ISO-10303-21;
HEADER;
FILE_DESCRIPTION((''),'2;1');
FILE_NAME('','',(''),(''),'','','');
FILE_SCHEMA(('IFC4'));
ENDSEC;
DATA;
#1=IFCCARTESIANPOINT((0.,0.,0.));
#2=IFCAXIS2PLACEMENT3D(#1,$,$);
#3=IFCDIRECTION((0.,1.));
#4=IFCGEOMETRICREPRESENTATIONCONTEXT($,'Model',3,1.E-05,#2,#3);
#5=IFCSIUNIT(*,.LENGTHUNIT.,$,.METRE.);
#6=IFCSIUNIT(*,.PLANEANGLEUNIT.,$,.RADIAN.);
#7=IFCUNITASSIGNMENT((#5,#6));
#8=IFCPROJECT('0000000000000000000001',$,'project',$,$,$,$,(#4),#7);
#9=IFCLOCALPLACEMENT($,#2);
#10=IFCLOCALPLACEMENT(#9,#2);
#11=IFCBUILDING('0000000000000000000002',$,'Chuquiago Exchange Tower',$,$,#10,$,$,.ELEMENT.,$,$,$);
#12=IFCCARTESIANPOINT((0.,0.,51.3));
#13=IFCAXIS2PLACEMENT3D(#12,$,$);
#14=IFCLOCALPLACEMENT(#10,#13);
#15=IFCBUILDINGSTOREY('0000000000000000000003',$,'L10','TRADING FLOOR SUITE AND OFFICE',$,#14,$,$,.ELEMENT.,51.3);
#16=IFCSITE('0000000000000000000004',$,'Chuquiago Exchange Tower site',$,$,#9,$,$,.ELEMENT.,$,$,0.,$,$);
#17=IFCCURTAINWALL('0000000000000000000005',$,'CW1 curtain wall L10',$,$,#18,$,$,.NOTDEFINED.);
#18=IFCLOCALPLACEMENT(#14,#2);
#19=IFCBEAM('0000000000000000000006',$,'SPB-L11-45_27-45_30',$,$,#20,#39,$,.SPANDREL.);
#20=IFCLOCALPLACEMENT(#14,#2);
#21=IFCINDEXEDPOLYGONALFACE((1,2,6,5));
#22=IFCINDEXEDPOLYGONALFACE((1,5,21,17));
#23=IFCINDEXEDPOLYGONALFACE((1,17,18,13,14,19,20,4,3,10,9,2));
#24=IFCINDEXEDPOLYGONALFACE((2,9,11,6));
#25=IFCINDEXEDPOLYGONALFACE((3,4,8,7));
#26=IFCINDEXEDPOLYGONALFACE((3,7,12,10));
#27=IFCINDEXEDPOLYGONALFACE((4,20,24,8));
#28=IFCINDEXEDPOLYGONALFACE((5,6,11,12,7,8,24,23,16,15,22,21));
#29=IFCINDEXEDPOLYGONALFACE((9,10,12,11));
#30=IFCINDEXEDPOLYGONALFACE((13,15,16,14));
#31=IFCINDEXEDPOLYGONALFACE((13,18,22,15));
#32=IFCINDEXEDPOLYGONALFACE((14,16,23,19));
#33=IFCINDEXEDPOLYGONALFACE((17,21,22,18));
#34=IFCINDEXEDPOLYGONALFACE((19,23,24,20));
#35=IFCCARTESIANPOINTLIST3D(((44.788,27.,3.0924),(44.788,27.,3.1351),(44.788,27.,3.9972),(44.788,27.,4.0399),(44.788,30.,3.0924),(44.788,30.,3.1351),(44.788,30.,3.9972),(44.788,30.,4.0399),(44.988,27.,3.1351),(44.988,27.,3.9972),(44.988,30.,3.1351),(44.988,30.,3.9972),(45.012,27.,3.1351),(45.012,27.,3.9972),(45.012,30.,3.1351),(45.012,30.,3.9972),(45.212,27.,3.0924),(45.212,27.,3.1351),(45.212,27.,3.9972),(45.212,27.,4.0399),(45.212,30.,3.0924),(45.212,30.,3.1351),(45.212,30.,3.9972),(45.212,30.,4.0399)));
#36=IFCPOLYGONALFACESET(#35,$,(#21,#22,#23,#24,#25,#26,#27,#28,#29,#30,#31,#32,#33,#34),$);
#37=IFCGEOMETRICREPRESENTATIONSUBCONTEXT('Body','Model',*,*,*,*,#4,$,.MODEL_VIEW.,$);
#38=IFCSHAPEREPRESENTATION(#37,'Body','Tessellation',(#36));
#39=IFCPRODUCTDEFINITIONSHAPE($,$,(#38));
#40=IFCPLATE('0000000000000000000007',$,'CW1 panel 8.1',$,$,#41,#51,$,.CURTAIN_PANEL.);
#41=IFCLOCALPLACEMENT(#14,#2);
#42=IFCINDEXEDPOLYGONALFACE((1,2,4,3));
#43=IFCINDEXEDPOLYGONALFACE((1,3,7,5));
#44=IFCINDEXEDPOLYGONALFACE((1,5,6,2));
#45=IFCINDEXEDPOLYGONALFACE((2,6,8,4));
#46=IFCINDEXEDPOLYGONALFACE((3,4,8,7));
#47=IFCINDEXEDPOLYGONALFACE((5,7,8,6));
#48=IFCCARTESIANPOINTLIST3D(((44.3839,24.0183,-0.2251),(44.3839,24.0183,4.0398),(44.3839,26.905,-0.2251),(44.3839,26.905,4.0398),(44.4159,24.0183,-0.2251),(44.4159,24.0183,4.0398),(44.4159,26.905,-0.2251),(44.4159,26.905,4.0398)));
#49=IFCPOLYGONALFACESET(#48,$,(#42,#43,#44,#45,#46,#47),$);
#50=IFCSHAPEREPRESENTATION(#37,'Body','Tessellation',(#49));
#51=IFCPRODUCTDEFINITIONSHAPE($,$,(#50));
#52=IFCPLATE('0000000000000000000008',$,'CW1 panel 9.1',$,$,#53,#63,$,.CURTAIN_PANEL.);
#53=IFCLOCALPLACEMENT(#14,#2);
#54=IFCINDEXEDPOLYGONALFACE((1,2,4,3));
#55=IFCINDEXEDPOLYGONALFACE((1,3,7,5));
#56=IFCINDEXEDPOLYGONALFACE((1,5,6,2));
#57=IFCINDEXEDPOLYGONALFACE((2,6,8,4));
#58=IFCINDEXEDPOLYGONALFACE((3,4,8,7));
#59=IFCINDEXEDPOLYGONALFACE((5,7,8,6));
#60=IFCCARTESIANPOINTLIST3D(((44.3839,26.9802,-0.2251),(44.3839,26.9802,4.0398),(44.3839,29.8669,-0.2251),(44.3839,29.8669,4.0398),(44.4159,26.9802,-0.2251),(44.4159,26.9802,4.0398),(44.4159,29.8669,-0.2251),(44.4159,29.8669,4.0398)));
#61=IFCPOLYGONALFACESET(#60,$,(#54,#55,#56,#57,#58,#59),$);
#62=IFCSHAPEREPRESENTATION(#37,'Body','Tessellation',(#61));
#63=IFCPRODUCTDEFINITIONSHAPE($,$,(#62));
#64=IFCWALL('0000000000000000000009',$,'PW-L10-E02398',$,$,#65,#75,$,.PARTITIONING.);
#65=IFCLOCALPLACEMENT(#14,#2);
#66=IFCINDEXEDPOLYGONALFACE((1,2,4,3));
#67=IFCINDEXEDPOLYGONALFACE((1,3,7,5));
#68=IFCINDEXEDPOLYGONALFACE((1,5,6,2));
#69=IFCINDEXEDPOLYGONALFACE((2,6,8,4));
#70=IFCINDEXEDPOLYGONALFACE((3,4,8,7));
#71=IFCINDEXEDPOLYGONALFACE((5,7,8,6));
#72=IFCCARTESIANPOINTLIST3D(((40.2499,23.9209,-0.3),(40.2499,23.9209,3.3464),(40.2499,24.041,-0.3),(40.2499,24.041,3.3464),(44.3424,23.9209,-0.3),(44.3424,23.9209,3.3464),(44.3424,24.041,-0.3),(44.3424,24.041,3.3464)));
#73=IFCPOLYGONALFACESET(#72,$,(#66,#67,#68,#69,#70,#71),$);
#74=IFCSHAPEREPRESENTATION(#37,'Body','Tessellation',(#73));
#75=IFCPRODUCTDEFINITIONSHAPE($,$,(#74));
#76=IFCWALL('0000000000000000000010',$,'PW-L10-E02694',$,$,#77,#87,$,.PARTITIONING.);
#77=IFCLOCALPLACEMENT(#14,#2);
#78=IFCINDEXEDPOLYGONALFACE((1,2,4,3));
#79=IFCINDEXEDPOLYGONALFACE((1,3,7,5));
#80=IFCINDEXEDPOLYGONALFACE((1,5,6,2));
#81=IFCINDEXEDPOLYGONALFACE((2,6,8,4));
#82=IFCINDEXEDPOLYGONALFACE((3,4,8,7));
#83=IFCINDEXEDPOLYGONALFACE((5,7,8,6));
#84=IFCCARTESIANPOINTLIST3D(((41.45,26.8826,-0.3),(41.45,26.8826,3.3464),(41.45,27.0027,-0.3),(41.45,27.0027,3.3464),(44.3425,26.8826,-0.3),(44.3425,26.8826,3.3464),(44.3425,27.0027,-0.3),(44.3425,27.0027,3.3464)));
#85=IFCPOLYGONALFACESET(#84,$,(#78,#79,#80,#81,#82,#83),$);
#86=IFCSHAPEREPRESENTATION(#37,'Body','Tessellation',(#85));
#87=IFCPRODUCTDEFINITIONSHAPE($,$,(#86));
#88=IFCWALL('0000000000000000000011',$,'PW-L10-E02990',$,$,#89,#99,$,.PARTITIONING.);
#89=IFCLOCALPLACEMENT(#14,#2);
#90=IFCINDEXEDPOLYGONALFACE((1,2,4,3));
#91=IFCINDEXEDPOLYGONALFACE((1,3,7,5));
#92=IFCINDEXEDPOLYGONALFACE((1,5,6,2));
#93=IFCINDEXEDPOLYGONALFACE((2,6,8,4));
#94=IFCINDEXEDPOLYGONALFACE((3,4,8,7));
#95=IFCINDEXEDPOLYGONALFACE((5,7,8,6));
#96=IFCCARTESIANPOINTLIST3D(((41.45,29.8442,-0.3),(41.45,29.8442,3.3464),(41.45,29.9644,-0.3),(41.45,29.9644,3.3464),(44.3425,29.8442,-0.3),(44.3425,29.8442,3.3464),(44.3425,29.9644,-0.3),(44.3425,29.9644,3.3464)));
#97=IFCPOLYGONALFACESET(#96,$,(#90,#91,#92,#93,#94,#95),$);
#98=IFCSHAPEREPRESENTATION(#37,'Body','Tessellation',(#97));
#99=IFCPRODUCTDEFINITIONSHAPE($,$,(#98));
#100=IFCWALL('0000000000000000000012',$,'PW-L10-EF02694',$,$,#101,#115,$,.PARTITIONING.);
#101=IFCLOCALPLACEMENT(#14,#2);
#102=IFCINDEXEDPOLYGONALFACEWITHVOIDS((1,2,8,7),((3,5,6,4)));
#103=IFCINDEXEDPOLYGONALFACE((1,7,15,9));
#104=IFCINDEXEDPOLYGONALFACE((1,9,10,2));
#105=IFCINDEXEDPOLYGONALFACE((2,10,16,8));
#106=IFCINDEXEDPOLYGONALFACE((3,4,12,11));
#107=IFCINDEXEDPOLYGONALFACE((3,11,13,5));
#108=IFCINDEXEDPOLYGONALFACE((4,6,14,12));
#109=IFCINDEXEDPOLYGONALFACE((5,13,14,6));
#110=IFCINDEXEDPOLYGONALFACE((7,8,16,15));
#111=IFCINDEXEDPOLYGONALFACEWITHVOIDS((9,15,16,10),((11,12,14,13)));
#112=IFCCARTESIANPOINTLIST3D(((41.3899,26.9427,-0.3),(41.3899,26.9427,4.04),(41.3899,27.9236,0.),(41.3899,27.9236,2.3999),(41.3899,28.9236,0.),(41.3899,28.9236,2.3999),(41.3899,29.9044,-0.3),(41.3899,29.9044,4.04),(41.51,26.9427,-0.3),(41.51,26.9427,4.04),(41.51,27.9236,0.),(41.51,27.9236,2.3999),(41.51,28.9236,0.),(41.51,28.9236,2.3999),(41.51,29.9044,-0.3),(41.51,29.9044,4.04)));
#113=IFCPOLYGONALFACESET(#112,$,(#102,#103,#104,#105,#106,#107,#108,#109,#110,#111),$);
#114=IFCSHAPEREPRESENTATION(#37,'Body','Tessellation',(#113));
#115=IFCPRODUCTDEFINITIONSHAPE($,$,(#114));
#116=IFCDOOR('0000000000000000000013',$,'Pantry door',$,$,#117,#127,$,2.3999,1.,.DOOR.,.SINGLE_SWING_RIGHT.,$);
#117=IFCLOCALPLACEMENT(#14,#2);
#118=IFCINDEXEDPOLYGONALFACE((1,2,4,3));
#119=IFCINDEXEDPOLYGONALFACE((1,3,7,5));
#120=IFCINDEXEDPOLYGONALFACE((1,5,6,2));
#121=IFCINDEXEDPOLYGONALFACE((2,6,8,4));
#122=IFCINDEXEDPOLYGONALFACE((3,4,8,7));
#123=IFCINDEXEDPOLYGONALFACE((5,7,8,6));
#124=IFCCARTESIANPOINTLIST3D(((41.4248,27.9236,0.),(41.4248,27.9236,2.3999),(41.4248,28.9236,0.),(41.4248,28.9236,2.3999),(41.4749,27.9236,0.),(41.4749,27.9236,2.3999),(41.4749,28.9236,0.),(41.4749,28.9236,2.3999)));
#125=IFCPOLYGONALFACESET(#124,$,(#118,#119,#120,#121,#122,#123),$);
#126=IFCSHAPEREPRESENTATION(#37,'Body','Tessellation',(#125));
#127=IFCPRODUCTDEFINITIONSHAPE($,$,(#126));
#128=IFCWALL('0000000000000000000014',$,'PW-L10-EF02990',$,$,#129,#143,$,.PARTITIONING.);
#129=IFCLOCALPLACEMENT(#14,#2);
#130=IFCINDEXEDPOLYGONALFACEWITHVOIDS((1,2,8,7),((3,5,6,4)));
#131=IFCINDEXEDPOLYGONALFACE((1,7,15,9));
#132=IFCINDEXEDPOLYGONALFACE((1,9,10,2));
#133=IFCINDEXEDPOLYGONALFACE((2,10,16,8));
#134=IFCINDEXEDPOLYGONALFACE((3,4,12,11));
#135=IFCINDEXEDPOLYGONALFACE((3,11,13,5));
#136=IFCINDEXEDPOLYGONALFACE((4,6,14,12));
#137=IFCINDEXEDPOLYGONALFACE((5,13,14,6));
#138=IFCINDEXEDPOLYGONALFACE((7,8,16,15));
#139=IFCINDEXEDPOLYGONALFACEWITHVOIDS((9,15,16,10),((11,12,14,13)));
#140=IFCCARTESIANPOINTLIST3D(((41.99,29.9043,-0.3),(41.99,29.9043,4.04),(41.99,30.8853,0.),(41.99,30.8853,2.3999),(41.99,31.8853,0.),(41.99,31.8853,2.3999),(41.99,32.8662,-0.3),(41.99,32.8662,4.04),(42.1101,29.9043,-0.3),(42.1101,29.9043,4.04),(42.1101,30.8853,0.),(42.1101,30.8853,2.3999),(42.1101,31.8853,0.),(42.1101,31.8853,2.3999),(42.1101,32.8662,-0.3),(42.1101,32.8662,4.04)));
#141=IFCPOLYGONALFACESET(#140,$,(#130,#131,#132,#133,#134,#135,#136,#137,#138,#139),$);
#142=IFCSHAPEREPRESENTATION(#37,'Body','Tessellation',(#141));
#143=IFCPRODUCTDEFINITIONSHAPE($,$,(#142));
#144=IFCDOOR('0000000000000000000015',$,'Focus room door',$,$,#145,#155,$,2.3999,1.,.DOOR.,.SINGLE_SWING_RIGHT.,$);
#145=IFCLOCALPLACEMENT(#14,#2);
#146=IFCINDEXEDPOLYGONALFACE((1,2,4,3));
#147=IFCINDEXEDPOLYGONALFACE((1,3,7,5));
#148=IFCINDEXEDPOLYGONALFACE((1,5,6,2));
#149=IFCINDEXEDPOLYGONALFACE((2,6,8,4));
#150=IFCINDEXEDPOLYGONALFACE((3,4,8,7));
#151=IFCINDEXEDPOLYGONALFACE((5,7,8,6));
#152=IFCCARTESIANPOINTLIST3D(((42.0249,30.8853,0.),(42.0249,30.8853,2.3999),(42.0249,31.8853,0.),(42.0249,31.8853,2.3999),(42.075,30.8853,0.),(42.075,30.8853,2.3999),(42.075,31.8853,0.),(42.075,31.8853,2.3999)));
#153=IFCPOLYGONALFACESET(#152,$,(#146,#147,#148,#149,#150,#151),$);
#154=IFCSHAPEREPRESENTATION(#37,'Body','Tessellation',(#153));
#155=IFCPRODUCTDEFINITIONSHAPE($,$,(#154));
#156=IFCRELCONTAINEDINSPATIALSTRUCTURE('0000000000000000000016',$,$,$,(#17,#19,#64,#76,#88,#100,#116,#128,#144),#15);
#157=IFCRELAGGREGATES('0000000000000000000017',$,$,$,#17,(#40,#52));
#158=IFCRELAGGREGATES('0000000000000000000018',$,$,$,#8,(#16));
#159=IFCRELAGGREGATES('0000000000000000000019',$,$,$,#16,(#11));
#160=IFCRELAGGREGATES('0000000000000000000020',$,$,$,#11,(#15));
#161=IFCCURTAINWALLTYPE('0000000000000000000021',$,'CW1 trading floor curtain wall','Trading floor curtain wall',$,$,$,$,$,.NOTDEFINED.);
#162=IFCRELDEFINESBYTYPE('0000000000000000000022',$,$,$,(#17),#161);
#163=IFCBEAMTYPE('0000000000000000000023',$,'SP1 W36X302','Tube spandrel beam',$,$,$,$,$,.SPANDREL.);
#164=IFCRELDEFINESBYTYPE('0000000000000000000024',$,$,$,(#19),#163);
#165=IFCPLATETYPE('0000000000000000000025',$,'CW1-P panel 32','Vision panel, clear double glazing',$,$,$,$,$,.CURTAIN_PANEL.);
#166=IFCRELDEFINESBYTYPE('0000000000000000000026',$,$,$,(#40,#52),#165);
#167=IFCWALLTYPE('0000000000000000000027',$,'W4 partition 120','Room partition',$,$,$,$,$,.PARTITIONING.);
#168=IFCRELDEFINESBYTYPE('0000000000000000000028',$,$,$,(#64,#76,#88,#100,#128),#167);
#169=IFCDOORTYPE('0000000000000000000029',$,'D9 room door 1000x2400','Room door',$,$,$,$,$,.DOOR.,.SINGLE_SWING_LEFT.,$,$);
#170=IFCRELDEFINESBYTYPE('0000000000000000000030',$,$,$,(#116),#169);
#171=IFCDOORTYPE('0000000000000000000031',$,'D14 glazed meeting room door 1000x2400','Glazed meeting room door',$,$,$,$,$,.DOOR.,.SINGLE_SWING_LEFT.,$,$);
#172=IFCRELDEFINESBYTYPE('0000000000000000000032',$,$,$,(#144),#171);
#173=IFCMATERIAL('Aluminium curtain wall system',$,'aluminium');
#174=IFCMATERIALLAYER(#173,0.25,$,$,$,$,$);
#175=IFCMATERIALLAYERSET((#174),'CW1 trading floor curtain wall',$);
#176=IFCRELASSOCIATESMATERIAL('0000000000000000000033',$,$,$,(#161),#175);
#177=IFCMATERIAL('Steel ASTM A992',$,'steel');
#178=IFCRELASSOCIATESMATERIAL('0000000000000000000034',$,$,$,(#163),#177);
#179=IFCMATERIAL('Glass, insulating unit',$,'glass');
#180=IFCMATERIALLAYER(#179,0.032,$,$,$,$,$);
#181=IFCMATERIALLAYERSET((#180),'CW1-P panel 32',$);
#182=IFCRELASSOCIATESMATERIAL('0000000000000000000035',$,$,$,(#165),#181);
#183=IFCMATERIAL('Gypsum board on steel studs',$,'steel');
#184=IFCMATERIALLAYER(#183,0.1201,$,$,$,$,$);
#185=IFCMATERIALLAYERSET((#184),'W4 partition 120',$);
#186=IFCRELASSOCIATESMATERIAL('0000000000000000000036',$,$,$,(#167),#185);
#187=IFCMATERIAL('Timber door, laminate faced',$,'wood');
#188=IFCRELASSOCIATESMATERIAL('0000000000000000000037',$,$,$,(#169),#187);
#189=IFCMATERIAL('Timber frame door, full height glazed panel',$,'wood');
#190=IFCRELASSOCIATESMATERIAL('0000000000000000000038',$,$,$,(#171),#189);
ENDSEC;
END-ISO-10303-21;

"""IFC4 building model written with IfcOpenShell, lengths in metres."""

from ifc_helpers import new_model, si_unit, direction, frame, frame_2d, origin, origin_2d, place, context, subcontext, project, spatial, rectangle, i_section, extrude, material, layer, layer_set, material_profile, profile_set, type_object, element, fill, aggregate, save


model = new_model("IFC4")

# Units and contexts
model_context = context("Model", 3, precision=1e-05, world=origin(), true_north=direction((0.0, 1.0)))
body_context = subcontext(model_context, "Body", "Model", "MODEL_VIEW")
ifc_project = project(units=[si_unit("LENGTHUNIT", "METRE"), si_unit("PLANEANGLEUNIT", "RADIAN")], contexts=[model_context])

# Site, building, storey
site_placement = place(None, origin())
site = spatial("IfcSite", under=ifc_project, at=site_placement, Name="Chuquiago Exchange Tower site", CompositionType="ELEMENT", RefElevation=0.0)
building_placement = place(site_placement, origin())
building = spatial("IfcBuilding", under=site, at=building_placement, Name="Chuquiago Exchange Tower", CompositionType="ELEMENT")
storey_placement = place(building_placement, frame((0.0, 0.0, 51.3)))
storey = spatial("IfcBuildingStorey", under=building, at=storey_placement, Name="L10", Description="TRADING FLOOR SUITE AND OFFICE", CompositionType="ELEMENT", Elevation=51.3)

# Curtain wall
ifc_material_1 = material(Name="Aluminium curtain wall system", Category="aluminium")
ifc_layer_1 = layer(ifc_material_1, 0.25)
ifc_layer_set_1 = layer_set([ifc_layer_1], Name="CW1 trading floor curtain wall")
curtain_wall_type = type_object("IfcCurtainWallType", Name="CW1 trading floor curtain wall", Description="Trading floor curtain wall", PredefinedType="NOTDEFINED", material=ifc_layer_set_1)
curtain_wall_placement = place(storey_placement, origin())
curtain_wall = element("IfcCurtainWall", 1, at=curtain_wall_placement, inside=storey, type_object=curtain_wall_type, Name="CW1 curtain wall L10", PredefinedType="NOTDEFINED")

# Beam
ifc_material_2 = material(Name="Steel ASTM A992", Category="steel")
ifc_material_profile_1 = material_profile(ifc_material_2, i_section(OverallWidth=0.4241, OverallDepth=0.9475, WebThickness=0.0239, FlangeThickness=0.0427, at=origin_2d()), Name="W36X302")
ifc_profile_set_1 = profile_set([ifc_material_profile_1], Name="Steel ASTM A992")
beam_type = type_object("IfcBeamType", Name="SP1 W36X302", Description="Tube spandrel beam", PredefinedType="SPANDREL", material=ifc_profile_set_1)
for number, where, z_axis, x_axis, name in (
    (2, (45.0, 27.0, 3.5662), (0.0, 1.0, 0.0), (-1.0, 0.0, 0.0), "SPB-L11-45_27-45_30"),
):
    element("IfcBeam", number, at=place(storey_placement, frame(where, z_axis=z_axis, x_axis=x_axis)), inside=storey, type_object=beam_type, Name=name, PredefinedType="SPANDREL", context=body_context, shape_type="SweptSolid", body=[
        extrude(i_section(OverallWidth=0.4241, OverallDepth=0.9475, WebThickness=0.0239, FlangeThickness=0.0427, at=origin_2d()), origin(), (0.0, 0.0, 1.0), 3.0),
    ])

# Plates
ifc_material_3 = material(Name="Glass, insulating unit", Category="glass")
ifc_layer_2 = layer(ifc_material_3, 0.032)
ifc_layer_set_2 = layer_set([ifc_layer_2], Name="CW1-P panel 32")
plate_type = type_object("IfcPlateType", Name="CW1-P panel 32", Description="Vision panel, clear double glazing", PredefinedType="CURTAIN_PANEL", material=ifc_layer_set_2)
plate_1_placement = place(storey_placement, frame((44.3999, 25.4617, -0.2251), z_axis=(0.0, 0.0, 1.0), x_axis=(0.0, 1.0, 0.0)))
plate_1 = element("IfcPlate", 3, at=plate_1_placement, type_object=plate_type, Name="CW1 panel 8.1", PredefinedType="CURTAIN_PANEL", context=body_context, shape_type="SweptSolid", body=[
    extrude(rectangle(XDim=2.8867, YDim=0.032, at=origin_2d()), origin(), (0.0, 0.0, 1.0), 4.2649),
])
plate_2_placement = place(storey_placement, frame((44.3999, 28.4236, -0.2251), z_axis=(0.0, 0.0, 1.0), x_axis=(0.0, 1.0, 0.0)))
plate_2 = element("IfcPlate", 4, at=plate_2_placement, type_object=plate_type, Name="CW1 panel 9.1", PredefinedType="CURTAIN_PANEL", context=body_context, shape_type="SweptSolid", body=[
    extrude(rectangle(XDim=2.8867, YDim=0.032, at=origin_2d()), origin(), (0.0, 0.0, 1.0), 4.2649),
])
aggregate(curtain_wall, [plate_1, plate_2])

# Walls
ifc_material_4 = material(Name="Gypsum board on steel studs", Category="steel")
ifc_layer_3 = layer(ifc_material_4, 0.1201)
ifc_layer_set_3 = layer_set([ifc_layer_3], Name="W4 partition 120")
wall_type = type_object("IfcWallType", Name="W4 partition 120", Description="Room partition", PredefinedType="PARTITIONING", material=ifc_layer_set_3)
wall_1_placement = place(storey_placement, frame((44.3425, 23.981, -0.3), z_axis=(0.0, 0.0, 1.0), x_axis=(-1.0, 0.0, 0.0)))
element("IfcWall", 5, at=wall_1_placement, inside=storey, type_object=wall_type, Name="PW-L10-E02398", PredefinedType="PARTITIONING", context=body_context, shape_type="SweptSolid", body=[
    extrude(rectangle(XDim=4.0925, YDim=0.1201, at=frame_2d((2.0464, 0.0))), origin(), (0.0, 0.0, 1.0), 3.6465),
])
for number, where, z_axis, x_axis, name in (
    (6, (44.3425, 26.9426, -0.3), (0.0, 0.0, 1.0), (-1.0, 0.0, 0.0), "PW-L10-E02694"),
    (7, (44.3425, 29.9043, -0.3), (0.0, 0.0, 1.0), (-1.0, 0.0, 0.0), "PW-L10-E02990"),
):
    element("IfcWall", number, at=place(storey_placement, frame(where, z_axis=z_axis, x_axis=x_axis)), inside=storey, type_object=wall_type, Name=name, PredefinedType="PARTITIONING", context=body_context, shape_type="SweptSolid", body=[
        extrude(rectangle(XDim=2.8926, YDim=0.1201, at=frame_2d((1.4463, 0.0))), origin(), (0.0, 0.0, 1.0), 3.6465),
    ])

# Walls, openings, doors
wall_2_placement = place(storey_placement, frame((41.45, 26.9426, -0.3), z_axis=(0.0, 0.0, 1.0), x_axis=(0.0, 1.0, 0.0)))
wall_2 = element("IfcWall", 8, at=wall_2_placement, inside=storey, type_object=wall_type, Name="PW-L10-EF02694", PredefinedType="PARTITIONING", context=body_context, shape_type="SweptSolid", body=[
    extrude(rectangle(XDim=2.9617, YDim=0.1201, at=frame_2d((1.481, 0.0))), origin(), (0.0, 0.0, 1.0), 4.3401),
])
opening_1_placement = place(wall_2_placement, frame((0.981, 0.0, 0.3)))
opening_1 = element("IfcOpeningElement", 9, at=opening_1_placement, cuts=wall_2, PredefinedType="OPENING", context=body_context, shape_type="SweptSolid", body=[
    extrude(rectangle(XDim=1.0, YDim=2.3999, at=frame_2d((0.5, 1.2))), frame((0.0, 0.0701, 0.0), z_axis=(0.0, -1.0, 0.0), x_axis=(1.0, 0.0, 0.0)), (0.0, 0.0, 1.0), 0.1401),
])
ifc_material_5 = material(Name="Timber door, laminate faced", Category="wood")
door_type_1 = type_object("IfcDoorType", Name="D9 room door 1000x2400", Description="Room door", OperationType="SINGLE_SWING_LEFT", PredefinedType="DOOR", material=ifc_material_5)
door_1_placement = place(opening_1_placement, frame((1.0, 0.0, 0.0), z_axis=(0.0, 0.0, 1.0), x_axis=(-1.0, 0.0, 0.0)))
door_1 = element("IfcDoor", 10, at=door_1_placement, inside=storey, type_object=door_type_1, Name="Pantry door", OperationType="SINGLE_SWING_RIGHT", OverallHeight=2.3999, OverallWidth=1.0, PredefinedType="DOOR", context=body_context, shape_type="SweptSolid", body=[
    extrude(rectangle(XDim=1.0, YDim=2.3999, at=frame_2d((0.5, 1.2))), frame((0.0, 0.0249, 0.0), z_axis=(0.0, -1.0, 0.0), x_axis=(1.0, 0.0, 0.0)), (0.0, 0.0, 1.0), 0.05),
])
fill(opening_1, door_1)
wall_3_placement = place(storey_placement, frame((42.05, 29.9043, -0.3), z_axis=(0.0, 0.0, 1.0), x_axis=(0.0, 1.0, 0.0)))
wall_3 = element("IfcWall", 11, at=wall_3_placement, inside=storey, type_object=wall_type, Name="PW-L10-EF02990", PredefinedType="PARTITIONING", context=body_context, shape_type="SweptSolid", body=[
    extrude(rectangle(XDim=2.9619, YDim=0.1201, at=frame_2d((1.481, 0.0))), origin(), (0.0, 0.0, 1.0), 4.3401),
])
opening_2_placement = place(wall_3_placement, frame((0.981, 0.0, 0.3)))
opening_2 = element("IfcOpeningElement", 12, at=opening_2_placement, cuts=wall_3, PredefinedType="OPENING", context=body_context, shape_type="SweptSolid", body=[
    extrude(rectangle(XDim=1.0, YDim=2.3999, at=frame_2d((0.5, 1.2))), frame((0.0, 0.0701, 0.0), z_axis=(0.0, -1.0, 0.0), x_axis=(1.0, 0.0, 0.0)), (0.0, 0.0, 1.0), 0.1401),
])
ifc_material_6 = material(Name="Timber frame door, full height glazed panel", Category="wood")
door_type_2 = type_object("IfcDoorType", Name="D14 glazed meeting room door 1000x2400", Description="Glazed meeting room door", OperationType="SINGLE_SWING_LEFT", PredefinedType="DOOR", material=ifc_material_6)
door_2_placement = place(opening_2_placement, frame((1.0, 0.0, 0.0), z_axis=(0.0, 0.0, 1.0), x_axis=(-1.0, 0.0, 0.0)))
door_2 = element("IfcDoor", 13, at=door_2_placement, inside=storey, type_object=door_type_2, Name="Focus room door", OperationType="SINGLE_SWING_RIGHT", OverallHeight=2.3999, OverallWidth=1.0, PredefinedType="DOOR", context=body_context, shape_type="SweptSolid", body=[
    extrude(rectangle(XDim=1.0, YDim=2.3999, at=frame_2d((0.5, 1.2))), frame((0.0, 0.0249, 0.0), z_axis=(0.0, -1.0, 0.0), x_axis=(1.0, 0.0, 0.0)), (0.0, 0.0, 1.0), 0.05),
])
fill(opening_2, door_2)

save(model, "model.ifc")
